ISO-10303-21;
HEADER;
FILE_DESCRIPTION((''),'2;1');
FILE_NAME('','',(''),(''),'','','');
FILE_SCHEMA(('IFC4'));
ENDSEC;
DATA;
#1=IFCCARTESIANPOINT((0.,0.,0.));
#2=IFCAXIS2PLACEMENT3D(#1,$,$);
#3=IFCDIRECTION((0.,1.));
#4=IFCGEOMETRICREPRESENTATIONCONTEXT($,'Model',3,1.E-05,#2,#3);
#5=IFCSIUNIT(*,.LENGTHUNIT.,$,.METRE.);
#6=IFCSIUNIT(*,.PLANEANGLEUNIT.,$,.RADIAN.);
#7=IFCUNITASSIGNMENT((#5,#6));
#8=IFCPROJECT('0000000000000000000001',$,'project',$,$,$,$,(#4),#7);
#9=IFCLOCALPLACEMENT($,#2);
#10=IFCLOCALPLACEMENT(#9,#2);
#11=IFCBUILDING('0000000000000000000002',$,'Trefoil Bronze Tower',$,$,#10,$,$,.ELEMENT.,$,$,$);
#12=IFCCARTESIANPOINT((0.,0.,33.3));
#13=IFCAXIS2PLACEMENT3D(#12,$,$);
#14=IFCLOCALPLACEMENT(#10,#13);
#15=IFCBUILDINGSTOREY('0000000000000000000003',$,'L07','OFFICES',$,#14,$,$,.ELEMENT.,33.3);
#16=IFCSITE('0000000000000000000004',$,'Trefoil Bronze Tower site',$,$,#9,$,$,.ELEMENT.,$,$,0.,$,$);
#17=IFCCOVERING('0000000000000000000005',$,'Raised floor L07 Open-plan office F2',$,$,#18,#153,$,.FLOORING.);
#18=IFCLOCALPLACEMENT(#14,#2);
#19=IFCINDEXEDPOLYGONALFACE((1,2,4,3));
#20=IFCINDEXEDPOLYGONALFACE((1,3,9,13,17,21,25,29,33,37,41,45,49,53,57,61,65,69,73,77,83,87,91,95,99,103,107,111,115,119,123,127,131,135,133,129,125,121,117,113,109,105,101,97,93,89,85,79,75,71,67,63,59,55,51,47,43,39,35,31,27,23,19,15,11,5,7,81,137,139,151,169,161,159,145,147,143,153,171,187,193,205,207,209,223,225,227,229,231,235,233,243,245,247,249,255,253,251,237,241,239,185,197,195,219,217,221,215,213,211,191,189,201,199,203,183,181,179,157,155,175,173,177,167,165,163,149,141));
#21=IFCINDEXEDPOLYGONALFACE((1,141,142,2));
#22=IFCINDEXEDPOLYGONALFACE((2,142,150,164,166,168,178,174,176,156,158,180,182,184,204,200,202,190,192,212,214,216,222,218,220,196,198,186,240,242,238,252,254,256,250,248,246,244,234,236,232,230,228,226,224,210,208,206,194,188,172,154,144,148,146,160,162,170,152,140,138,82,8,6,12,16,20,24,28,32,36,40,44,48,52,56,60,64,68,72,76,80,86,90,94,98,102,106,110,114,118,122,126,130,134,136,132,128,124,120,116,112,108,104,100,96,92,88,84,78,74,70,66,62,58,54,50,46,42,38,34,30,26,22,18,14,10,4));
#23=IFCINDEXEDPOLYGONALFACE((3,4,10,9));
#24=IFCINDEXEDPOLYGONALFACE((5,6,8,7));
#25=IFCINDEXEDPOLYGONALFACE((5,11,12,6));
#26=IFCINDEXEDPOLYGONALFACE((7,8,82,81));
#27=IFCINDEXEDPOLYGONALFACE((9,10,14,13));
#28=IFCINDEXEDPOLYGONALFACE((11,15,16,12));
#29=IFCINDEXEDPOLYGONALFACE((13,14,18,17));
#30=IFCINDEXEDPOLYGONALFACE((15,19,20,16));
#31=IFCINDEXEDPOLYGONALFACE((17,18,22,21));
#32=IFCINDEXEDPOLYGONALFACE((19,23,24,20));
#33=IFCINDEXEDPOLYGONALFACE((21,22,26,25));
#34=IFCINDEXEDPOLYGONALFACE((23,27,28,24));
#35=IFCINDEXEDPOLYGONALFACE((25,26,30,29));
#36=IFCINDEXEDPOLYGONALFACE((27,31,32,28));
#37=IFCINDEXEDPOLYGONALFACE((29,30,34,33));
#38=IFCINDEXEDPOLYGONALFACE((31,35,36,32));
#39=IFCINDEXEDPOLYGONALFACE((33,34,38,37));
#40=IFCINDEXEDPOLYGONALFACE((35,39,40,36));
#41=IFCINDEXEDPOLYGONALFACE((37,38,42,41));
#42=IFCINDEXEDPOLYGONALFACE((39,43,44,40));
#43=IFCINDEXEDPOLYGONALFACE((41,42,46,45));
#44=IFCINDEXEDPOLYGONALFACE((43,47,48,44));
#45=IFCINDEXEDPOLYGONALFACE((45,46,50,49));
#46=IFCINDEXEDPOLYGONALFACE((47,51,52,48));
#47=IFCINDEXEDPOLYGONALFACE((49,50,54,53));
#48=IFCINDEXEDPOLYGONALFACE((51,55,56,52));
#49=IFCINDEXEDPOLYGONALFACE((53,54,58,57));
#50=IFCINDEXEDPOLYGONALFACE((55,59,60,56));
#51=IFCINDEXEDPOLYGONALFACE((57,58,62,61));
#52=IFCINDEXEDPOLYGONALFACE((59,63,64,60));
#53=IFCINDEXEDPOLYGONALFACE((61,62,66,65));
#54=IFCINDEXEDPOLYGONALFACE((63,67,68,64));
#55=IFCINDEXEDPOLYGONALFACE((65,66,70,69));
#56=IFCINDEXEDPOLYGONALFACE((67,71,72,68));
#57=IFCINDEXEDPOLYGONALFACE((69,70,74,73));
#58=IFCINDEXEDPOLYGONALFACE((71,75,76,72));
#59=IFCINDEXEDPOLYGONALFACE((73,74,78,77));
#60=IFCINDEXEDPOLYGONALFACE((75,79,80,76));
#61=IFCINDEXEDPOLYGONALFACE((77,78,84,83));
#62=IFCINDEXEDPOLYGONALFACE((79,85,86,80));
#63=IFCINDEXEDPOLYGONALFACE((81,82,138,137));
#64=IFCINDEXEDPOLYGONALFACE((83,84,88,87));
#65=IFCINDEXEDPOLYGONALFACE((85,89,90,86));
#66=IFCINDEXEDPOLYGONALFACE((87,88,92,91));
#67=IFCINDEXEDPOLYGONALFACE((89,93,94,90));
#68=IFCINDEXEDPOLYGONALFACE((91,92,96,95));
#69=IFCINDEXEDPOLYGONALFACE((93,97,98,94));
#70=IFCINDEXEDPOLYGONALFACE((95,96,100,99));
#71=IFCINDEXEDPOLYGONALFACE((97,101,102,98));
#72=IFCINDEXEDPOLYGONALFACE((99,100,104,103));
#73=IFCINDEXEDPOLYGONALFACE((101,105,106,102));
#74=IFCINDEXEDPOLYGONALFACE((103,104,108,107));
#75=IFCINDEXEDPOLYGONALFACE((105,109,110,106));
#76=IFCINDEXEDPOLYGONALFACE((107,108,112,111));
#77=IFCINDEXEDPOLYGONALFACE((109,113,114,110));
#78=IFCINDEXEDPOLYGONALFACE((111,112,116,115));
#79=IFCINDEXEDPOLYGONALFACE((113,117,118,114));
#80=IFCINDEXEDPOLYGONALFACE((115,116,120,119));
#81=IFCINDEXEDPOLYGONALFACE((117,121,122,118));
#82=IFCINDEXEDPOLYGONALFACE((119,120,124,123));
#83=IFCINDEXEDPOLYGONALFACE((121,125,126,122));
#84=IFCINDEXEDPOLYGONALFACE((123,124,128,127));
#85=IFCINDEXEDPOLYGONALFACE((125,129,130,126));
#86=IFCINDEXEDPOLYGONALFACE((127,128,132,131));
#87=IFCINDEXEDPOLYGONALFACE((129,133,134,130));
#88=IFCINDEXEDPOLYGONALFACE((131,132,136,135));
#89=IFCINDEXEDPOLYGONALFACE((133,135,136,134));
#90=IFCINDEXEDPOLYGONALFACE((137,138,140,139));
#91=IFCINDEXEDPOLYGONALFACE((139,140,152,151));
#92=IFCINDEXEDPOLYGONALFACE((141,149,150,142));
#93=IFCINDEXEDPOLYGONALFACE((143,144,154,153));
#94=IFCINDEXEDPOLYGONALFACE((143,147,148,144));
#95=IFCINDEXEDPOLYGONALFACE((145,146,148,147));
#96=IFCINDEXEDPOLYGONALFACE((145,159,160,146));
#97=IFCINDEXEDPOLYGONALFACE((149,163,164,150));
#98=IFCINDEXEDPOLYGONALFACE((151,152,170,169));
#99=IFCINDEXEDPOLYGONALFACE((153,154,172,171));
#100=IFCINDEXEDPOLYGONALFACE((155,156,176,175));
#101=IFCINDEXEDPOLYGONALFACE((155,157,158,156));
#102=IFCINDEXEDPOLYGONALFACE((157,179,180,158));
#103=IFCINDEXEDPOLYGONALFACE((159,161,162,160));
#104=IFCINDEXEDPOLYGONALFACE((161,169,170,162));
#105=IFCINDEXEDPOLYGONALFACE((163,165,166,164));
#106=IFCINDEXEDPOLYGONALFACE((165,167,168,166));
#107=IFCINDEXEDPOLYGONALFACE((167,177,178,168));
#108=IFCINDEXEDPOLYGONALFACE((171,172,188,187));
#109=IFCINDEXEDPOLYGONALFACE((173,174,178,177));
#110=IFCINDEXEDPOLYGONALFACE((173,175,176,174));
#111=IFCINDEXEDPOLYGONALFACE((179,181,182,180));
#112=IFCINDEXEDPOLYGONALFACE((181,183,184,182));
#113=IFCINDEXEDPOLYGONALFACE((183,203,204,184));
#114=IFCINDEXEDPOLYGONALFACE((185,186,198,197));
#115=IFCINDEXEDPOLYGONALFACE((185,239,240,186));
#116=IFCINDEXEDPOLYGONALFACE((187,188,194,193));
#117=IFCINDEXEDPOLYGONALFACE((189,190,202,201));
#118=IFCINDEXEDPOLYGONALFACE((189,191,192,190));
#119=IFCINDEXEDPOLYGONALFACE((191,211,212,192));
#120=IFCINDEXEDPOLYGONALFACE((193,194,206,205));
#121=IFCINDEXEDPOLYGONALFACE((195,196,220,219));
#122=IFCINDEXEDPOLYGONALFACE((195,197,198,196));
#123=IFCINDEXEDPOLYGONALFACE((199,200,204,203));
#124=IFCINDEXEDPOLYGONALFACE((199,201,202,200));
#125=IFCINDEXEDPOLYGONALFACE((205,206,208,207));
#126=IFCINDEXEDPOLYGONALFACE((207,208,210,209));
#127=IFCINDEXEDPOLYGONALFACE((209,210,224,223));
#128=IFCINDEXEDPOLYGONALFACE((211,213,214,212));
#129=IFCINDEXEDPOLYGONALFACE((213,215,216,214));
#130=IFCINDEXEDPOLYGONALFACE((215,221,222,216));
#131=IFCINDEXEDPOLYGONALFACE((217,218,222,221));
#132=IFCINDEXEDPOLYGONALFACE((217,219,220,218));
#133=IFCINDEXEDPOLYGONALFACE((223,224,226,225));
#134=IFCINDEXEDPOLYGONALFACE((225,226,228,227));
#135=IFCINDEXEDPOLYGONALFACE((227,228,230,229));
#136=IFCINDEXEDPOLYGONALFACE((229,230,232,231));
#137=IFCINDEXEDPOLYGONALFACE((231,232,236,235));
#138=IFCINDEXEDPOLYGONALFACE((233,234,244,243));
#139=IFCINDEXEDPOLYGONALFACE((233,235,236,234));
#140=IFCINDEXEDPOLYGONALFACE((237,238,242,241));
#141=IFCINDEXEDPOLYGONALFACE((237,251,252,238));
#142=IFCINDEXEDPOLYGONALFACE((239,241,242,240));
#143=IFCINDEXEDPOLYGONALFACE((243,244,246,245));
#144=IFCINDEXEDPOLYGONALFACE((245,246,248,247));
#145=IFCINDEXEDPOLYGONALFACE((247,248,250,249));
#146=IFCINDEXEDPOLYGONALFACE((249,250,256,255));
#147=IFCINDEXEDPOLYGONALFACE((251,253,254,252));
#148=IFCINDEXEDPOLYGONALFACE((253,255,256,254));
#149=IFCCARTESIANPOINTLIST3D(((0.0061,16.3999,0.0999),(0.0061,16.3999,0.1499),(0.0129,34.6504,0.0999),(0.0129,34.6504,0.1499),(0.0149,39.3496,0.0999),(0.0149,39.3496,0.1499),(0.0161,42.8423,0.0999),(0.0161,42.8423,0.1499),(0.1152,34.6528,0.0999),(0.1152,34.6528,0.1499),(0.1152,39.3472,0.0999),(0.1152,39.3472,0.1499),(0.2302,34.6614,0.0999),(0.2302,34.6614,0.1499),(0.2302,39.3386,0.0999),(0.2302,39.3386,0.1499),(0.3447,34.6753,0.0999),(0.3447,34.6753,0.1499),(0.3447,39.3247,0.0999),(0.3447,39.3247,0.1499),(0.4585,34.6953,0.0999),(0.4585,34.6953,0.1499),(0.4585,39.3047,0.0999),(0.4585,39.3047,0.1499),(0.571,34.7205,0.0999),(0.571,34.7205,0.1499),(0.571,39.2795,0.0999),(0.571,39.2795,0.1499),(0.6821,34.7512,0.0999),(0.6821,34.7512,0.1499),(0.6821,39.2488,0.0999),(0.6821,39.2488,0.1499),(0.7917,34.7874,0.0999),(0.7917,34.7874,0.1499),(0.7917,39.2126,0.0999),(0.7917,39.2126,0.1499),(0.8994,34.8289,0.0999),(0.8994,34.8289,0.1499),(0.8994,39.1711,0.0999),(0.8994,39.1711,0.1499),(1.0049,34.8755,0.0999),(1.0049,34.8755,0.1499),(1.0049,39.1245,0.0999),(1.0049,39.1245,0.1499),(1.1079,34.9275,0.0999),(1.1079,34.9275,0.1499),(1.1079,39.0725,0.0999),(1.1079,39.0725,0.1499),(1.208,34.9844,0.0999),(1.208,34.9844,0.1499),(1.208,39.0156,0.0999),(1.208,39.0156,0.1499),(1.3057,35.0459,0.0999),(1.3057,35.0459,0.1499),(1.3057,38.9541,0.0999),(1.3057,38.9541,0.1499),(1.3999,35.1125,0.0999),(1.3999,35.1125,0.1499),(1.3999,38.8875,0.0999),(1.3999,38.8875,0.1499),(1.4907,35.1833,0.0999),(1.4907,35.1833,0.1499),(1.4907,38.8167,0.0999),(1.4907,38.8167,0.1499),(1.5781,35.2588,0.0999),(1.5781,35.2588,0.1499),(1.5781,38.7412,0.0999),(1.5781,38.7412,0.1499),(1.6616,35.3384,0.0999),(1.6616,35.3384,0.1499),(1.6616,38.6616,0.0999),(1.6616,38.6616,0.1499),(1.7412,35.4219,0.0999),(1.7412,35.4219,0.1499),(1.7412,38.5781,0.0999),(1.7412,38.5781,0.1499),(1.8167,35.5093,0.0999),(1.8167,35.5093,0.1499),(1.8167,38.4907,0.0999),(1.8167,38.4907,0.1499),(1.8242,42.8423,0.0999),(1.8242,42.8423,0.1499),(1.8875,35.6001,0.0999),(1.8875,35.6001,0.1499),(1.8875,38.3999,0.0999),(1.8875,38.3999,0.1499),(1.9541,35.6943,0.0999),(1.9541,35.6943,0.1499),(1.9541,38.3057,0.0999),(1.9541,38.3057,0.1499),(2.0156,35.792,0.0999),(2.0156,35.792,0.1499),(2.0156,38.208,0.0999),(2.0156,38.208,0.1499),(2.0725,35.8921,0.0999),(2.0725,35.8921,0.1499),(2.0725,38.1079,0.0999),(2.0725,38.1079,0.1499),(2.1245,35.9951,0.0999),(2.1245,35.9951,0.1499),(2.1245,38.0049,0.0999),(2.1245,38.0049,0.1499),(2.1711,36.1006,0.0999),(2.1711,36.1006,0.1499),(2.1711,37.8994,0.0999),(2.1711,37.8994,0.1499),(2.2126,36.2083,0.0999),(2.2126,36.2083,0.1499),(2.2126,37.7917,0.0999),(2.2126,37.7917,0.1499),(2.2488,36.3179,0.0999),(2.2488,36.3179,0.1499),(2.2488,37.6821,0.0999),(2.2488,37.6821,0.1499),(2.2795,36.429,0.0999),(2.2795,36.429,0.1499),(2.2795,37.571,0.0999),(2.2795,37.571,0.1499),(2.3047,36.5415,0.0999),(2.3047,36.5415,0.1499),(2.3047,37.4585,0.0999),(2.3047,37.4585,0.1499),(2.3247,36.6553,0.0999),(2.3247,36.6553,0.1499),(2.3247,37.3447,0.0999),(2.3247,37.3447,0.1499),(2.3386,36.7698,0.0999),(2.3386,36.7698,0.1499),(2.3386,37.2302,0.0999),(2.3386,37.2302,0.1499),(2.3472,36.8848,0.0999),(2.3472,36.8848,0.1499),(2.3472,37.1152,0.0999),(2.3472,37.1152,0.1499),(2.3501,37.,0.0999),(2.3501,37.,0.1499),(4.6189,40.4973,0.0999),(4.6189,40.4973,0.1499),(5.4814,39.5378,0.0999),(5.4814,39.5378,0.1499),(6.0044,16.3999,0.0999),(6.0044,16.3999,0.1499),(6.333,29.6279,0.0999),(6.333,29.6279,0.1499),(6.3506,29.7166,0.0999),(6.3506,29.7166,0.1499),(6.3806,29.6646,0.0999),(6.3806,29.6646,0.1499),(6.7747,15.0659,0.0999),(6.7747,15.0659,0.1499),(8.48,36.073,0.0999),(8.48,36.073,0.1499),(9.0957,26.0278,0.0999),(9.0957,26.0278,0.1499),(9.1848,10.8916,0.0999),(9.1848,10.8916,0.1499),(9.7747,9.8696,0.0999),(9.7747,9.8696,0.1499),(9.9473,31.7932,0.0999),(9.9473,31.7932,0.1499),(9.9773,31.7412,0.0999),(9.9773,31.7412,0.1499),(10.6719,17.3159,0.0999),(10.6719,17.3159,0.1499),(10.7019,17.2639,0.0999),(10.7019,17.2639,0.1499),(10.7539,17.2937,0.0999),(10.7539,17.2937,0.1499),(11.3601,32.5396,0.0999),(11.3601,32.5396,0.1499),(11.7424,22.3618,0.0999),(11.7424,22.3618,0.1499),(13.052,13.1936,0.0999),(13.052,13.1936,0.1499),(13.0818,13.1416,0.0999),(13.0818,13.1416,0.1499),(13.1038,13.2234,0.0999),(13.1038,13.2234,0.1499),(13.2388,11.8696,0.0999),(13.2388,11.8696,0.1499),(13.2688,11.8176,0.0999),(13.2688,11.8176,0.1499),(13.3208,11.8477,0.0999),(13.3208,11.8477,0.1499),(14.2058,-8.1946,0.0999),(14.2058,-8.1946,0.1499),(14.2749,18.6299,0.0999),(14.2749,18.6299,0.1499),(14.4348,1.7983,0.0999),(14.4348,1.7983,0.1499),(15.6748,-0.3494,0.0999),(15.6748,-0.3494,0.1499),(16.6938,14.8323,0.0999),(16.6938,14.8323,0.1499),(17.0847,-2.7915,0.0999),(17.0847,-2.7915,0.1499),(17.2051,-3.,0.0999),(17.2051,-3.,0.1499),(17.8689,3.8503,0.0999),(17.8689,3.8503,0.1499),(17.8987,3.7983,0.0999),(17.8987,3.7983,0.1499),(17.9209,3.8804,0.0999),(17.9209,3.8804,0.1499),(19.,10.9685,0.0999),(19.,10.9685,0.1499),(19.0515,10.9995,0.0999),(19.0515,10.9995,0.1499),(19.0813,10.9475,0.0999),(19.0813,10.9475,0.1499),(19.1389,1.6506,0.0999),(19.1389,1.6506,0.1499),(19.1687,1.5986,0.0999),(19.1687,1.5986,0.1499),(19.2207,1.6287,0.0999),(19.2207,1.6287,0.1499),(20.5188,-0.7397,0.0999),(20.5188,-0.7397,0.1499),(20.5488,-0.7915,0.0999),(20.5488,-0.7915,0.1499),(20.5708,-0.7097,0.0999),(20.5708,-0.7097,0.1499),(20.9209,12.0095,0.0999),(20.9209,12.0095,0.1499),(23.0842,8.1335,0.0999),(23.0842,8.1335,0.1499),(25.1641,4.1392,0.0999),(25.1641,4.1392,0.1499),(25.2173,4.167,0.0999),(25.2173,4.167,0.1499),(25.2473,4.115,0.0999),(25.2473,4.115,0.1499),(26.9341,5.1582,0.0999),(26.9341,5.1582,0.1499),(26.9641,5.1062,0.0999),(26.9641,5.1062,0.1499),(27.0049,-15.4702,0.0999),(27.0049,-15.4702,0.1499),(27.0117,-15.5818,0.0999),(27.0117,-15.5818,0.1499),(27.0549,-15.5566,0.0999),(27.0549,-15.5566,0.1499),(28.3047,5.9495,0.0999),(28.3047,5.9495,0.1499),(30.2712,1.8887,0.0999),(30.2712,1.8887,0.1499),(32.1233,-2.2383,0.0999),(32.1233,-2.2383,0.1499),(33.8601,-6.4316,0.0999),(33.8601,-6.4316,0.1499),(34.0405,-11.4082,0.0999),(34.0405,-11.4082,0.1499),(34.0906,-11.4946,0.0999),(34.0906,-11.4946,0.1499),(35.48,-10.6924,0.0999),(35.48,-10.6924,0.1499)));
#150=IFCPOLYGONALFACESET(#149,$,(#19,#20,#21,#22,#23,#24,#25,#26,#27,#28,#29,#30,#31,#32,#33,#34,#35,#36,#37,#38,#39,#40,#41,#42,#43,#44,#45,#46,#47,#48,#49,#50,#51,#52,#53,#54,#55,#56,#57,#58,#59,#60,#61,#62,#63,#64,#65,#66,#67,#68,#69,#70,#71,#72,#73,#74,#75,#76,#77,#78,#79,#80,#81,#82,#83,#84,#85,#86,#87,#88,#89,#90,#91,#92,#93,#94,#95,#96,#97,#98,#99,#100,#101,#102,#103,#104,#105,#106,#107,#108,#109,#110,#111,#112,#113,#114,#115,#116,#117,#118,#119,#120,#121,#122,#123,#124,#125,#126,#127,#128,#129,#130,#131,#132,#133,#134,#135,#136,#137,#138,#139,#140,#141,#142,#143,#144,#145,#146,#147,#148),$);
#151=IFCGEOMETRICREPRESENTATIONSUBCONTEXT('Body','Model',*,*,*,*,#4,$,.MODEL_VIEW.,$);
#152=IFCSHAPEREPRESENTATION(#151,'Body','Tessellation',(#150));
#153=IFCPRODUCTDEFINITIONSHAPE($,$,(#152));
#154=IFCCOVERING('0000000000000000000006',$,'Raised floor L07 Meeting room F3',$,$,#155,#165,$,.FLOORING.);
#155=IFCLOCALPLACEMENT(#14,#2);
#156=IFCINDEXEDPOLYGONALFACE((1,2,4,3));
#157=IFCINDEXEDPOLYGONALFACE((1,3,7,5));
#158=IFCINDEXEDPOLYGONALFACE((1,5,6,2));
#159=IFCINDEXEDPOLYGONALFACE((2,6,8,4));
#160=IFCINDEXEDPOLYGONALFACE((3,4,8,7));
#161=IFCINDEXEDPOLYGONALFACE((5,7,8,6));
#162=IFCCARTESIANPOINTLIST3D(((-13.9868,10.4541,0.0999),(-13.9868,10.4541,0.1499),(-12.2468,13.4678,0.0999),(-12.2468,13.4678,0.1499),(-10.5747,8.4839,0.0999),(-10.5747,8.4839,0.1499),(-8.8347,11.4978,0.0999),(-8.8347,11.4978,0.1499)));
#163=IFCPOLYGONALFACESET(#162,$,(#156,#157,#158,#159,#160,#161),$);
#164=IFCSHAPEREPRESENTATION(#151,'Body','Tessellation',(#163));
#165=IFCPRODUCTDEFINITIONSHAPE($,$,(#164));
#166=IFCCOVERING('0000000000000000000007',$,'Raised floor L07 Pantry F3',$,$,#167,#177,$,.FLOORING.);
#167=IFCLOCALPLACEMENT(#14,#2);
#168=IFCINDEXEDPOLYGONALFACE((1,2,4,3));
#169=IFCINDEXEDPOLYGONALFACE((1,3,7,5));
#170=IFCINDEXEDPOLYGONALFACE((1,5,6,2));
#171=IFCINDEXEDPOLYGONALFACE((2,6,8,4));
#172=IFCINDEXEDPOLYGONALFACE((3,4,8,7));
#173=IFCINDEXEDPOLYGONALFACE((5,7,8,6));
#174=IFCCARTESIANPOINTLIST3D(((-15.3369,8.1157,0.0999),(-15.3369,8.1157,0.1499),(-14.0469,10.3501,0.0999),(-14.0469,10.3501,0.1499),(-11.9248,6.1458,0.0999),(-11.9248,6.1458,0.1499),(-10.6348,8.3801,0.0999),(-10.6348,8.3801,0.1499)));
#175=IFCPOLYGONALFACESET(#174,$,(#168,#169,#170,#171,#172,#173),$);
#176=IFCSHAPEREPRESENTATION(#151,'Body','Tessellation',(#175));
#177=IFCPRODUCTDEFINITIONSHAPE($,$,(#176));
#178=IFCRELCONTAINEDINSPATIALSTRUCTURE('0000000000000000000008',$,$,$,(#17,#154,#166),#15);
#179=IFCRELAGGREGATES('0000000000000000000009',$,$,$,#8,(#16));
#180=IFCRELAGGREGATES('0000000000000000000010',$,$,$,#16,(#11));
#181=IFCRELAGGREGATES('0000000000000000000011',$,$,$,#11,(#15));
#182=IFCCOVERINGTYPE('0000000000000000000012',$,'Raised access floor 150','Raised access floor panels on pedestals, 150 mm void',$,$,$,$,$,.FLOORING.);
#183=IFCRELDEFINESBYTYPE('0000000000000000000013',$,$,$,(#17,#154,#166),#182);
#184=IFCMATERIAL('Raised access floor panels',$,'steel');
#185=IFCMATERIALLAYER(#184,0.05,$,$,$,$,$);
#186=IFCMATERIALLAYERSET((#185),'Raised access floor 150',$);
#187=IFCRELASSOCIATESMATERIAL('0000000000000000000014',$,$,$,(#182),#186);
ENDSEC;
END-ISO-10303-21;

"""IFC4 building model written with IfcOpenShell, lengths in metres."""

from ifc_helpers import new_model, si_unit, direction, frame, origin, place, context, subcontext, project, spatial, polyline, outline, extrude, material, layer, layer_set, type_object, element, save


model = new_model("IFC4")

# Units and contexts
model_context = context("Model", 3, precision=1e-05, world=origin(), true_north=direction((0.0, 1.0)))
body_context = subcontext(model_context, "Body", "Model", "MODEL_VIEW")
ifc_project = project(units=[si_unit("LENGTHUNIT", "METRE"), si_unit("PLANEANGLEUNIT", "RADIAN")], contexts=[model_context])

# Site, building, storey
site_placement = place(None, origin())
site = spatial("IfcSite", under=ifc_project, at=site_placement, Name="Trefoil Bronze Tower site", CompositionType="ELEMENT", RefElevation=0.0)
building_placement = place(site_placement, origin())
building = spatial("IfcBuilding", under=site, at=building_placement, Name="Trefoil Bronze Tower", CompositionType="ELEMENT")
storey_placement = place(building_placement, frame((0.0, 0.0, 33.3)))
storey = spatial("IfcBuildingStorey", under=building, at=storey_placement, Name="L07", Description="OFFICES", CompositionType="ELEMENT", Elevation=33.3)

# Coverings
ifc_material_1 = material(Name="Raised access floor panels", Category="steel")
ifc_layer_1 = layer(ifc_material_1, 0.05)
ifc_layer_set_1 = layer_set([ifc_layer_1], Name="Raised access floor 150")
covering_type_1 = type_object("IfcCoveringType", Name="Raised access floor 150", Description="Raised access floor panels on pedestals, 150 mm void", PredefinedType="FLOORING", material=ifc_layer_set_1)
covering_1_placement = place(storey_placement, frame((0.0, 0.0, 0.0999)))
element("IfcCovering", 1, at=covering_1_placement, inside=storey, type_object=covering_type_1, Name="Raised floor L07 Open-plan office F2", PredefinedType="FLOORING", context=body_context, shape_type="SweptSolid", body=[
    extrude(outline(polyline([(11.3601, 32.5396), (9.9773, 31.7412), (9.9473, 31.7932), (6.3506, 29.7166), (6.3806, 29.6646), (6.333, 29.6279), (9.0957, 26.0278), (11.7424, 22.3618), (14.2749, 18.6299), (16.6938, 14.8323), (19.0, 10.9685), (19.0515, 10.9995), (19.0813, 10.9475), (20.9209, 12.0095), (23.0842, 8.1335), (25.1641, 4.1392), (25.2173, 4.167), (25.2473, 4.115), (26.9641, 5.1062), (26.9341, 5.1582), (28.3047, 5.9495), (30.2712, 1.8887), (32.1233, -2.2383), (33.8601, -6.4316), (35.48, -10.6924), (34.0906, -11.4946), (34.0405, -11.4082), (27.0049, -15.4702), (27.0549, -15.5566), (27.0117, -15.5818), (14.2058, -8.1946), (17.2051, -3.0), (17.0847, -2.7915), (20.5488, -0.7915), (20.5188, -0.7397), (20.5708, -0.7097), (19.2207, 1.6287), (19.1687, 1.5986), (19.1389, 1.6506), (15.6748, -0.3494), (14.4348, 1.7983), (17.8987, 3.7983), (17.8689, 3.8503), (17.9209, 3.8804), (13.3208, 11.8477), (13.2688, 11.8176), (13.2388, 11.8696), (9.7747, 9.8696), (9.1848, 10.8916), (13.0818, 13.1416), (13.052, 13.1936), (13.1038, 13.2234), (10.7539, 17.2937), (10.7019, 17.2639), (10.6719, 17.3159), (6.7747, 15.0659), (6.0044, 16.3999), (0.0061, 16.3999), (0.0129, 34.6504), (0.1152, 34.6528), (0.2302, 34.6614), (0.3447, 34.6753), (0.4585, 34.6953), (0.571, 34.7205), (0.6821, 34.7512), (0.7917, 34.7874), (0.8994, 34.8289), (1.0049, 34.8755), (1.1079, 34.9275), (1.208, 34.9844), (1.3057, 35.0459), (1.3999, 35.1125), (1.4907, 35.1833), (1.5781, 35.2588), (1.6616, 35.3384), (1.7412, 35.4219), (1.8167, 35.5093), (1.8875, 35.6001), (1.9541, 35.6943), (2.0156, 35.792), (2.0725, 35.8921), (2.1245, 35.9951), (2.1711, 36.1006), (2.2126, 36.2083), (2.2488, 36.3179), (2.2795, 36.429), (2.3047, 36.5415), (2.3247, 36.6553), (2.3386, 36.7698), (2.3472, 36.8848), (2.3501, 37.0), (2.3472, 37.1152), (2.3386, 37.2302), (2.3247, 37.3447), (2.3047, 37.4585), (2.2795, 37.571), (2.2488, 37.6821), (2.2126, 37.7917), (2.1711, 37.8994), (2.1245, 38.0049), (2.0725, 38.1079), (2.0156, 38.208), (1.9541, 38.3057), (1.8875, 38.3999), (1.8167, 38.4907), (1.7412, 38.5781), (1.6616, 38.6616), (1.5781, 38.7412), (1.4907, 38.8167), (1.3999, 38.8875), (1.3057, 38.9541), (1.208, 39.0156), (1.1079, 39.0725), (1.0049, 39.1245), (0.8994, 39.1711), (0.7917, 39.2126), (0.6821, 39.2488), (0.571, 39.2795), (0.4585, 39.3047), (0.3447, 39.3247), (0.2302, 39.3386), (0.1152, 39.3472), (0.0149, 39.3496), (0.0161, 42.8423), (1.8242, 42.8423), (4.6189, 40.4973), (5.4814, 39.5378), (8.48, 36.073), (11.3601, 32.5396)])), origin(), (0.0, 0.0, 1.0), 0.05),
])
covering_2_placement = place(storey_placement, frame((0.0, 0.0, 0.0999)))
element("IfcCovering", 2, at=covering_2_placement, inside=storey, type_object=covering_type_1, Name="Raised floor L07 Meeting room F3", PredefinedType="FLOORING", context=body_context, shape_type="SweptSolid", body=[
    extrude(outline(polyline([(-10.5747, 8.4839), (-13.9868, 10.4541), (-12.2468, 13.4678), (-8.8347, 11.4978), (-10.5747, 8.4839)])), origin(), (0.0, 0.0, 1.0), 0.05),
])
covering_3_placement = place(storey_placement, frame((0.0, 0.0, 0.0999)))
element("IfcCovering", 3, at=covering_3_placement, inside=storey, type_object=covering_type_1, Name="Raised floor L07 Pantry F3", PredefinedType="FLOORING", context=body_context, shape_type="SweptSolid", body=[
    extrude(outline(polyline([(-11.9248, 6.1458), (-15.3369, 8.1157), (-14.0469, 10.3501), (-10.6348, 8.3801), (-11.9248, 6.1458)])), origin(), (0.0, 0.0, 1.0), 0.05),
])

save(model, "model.ifc")
